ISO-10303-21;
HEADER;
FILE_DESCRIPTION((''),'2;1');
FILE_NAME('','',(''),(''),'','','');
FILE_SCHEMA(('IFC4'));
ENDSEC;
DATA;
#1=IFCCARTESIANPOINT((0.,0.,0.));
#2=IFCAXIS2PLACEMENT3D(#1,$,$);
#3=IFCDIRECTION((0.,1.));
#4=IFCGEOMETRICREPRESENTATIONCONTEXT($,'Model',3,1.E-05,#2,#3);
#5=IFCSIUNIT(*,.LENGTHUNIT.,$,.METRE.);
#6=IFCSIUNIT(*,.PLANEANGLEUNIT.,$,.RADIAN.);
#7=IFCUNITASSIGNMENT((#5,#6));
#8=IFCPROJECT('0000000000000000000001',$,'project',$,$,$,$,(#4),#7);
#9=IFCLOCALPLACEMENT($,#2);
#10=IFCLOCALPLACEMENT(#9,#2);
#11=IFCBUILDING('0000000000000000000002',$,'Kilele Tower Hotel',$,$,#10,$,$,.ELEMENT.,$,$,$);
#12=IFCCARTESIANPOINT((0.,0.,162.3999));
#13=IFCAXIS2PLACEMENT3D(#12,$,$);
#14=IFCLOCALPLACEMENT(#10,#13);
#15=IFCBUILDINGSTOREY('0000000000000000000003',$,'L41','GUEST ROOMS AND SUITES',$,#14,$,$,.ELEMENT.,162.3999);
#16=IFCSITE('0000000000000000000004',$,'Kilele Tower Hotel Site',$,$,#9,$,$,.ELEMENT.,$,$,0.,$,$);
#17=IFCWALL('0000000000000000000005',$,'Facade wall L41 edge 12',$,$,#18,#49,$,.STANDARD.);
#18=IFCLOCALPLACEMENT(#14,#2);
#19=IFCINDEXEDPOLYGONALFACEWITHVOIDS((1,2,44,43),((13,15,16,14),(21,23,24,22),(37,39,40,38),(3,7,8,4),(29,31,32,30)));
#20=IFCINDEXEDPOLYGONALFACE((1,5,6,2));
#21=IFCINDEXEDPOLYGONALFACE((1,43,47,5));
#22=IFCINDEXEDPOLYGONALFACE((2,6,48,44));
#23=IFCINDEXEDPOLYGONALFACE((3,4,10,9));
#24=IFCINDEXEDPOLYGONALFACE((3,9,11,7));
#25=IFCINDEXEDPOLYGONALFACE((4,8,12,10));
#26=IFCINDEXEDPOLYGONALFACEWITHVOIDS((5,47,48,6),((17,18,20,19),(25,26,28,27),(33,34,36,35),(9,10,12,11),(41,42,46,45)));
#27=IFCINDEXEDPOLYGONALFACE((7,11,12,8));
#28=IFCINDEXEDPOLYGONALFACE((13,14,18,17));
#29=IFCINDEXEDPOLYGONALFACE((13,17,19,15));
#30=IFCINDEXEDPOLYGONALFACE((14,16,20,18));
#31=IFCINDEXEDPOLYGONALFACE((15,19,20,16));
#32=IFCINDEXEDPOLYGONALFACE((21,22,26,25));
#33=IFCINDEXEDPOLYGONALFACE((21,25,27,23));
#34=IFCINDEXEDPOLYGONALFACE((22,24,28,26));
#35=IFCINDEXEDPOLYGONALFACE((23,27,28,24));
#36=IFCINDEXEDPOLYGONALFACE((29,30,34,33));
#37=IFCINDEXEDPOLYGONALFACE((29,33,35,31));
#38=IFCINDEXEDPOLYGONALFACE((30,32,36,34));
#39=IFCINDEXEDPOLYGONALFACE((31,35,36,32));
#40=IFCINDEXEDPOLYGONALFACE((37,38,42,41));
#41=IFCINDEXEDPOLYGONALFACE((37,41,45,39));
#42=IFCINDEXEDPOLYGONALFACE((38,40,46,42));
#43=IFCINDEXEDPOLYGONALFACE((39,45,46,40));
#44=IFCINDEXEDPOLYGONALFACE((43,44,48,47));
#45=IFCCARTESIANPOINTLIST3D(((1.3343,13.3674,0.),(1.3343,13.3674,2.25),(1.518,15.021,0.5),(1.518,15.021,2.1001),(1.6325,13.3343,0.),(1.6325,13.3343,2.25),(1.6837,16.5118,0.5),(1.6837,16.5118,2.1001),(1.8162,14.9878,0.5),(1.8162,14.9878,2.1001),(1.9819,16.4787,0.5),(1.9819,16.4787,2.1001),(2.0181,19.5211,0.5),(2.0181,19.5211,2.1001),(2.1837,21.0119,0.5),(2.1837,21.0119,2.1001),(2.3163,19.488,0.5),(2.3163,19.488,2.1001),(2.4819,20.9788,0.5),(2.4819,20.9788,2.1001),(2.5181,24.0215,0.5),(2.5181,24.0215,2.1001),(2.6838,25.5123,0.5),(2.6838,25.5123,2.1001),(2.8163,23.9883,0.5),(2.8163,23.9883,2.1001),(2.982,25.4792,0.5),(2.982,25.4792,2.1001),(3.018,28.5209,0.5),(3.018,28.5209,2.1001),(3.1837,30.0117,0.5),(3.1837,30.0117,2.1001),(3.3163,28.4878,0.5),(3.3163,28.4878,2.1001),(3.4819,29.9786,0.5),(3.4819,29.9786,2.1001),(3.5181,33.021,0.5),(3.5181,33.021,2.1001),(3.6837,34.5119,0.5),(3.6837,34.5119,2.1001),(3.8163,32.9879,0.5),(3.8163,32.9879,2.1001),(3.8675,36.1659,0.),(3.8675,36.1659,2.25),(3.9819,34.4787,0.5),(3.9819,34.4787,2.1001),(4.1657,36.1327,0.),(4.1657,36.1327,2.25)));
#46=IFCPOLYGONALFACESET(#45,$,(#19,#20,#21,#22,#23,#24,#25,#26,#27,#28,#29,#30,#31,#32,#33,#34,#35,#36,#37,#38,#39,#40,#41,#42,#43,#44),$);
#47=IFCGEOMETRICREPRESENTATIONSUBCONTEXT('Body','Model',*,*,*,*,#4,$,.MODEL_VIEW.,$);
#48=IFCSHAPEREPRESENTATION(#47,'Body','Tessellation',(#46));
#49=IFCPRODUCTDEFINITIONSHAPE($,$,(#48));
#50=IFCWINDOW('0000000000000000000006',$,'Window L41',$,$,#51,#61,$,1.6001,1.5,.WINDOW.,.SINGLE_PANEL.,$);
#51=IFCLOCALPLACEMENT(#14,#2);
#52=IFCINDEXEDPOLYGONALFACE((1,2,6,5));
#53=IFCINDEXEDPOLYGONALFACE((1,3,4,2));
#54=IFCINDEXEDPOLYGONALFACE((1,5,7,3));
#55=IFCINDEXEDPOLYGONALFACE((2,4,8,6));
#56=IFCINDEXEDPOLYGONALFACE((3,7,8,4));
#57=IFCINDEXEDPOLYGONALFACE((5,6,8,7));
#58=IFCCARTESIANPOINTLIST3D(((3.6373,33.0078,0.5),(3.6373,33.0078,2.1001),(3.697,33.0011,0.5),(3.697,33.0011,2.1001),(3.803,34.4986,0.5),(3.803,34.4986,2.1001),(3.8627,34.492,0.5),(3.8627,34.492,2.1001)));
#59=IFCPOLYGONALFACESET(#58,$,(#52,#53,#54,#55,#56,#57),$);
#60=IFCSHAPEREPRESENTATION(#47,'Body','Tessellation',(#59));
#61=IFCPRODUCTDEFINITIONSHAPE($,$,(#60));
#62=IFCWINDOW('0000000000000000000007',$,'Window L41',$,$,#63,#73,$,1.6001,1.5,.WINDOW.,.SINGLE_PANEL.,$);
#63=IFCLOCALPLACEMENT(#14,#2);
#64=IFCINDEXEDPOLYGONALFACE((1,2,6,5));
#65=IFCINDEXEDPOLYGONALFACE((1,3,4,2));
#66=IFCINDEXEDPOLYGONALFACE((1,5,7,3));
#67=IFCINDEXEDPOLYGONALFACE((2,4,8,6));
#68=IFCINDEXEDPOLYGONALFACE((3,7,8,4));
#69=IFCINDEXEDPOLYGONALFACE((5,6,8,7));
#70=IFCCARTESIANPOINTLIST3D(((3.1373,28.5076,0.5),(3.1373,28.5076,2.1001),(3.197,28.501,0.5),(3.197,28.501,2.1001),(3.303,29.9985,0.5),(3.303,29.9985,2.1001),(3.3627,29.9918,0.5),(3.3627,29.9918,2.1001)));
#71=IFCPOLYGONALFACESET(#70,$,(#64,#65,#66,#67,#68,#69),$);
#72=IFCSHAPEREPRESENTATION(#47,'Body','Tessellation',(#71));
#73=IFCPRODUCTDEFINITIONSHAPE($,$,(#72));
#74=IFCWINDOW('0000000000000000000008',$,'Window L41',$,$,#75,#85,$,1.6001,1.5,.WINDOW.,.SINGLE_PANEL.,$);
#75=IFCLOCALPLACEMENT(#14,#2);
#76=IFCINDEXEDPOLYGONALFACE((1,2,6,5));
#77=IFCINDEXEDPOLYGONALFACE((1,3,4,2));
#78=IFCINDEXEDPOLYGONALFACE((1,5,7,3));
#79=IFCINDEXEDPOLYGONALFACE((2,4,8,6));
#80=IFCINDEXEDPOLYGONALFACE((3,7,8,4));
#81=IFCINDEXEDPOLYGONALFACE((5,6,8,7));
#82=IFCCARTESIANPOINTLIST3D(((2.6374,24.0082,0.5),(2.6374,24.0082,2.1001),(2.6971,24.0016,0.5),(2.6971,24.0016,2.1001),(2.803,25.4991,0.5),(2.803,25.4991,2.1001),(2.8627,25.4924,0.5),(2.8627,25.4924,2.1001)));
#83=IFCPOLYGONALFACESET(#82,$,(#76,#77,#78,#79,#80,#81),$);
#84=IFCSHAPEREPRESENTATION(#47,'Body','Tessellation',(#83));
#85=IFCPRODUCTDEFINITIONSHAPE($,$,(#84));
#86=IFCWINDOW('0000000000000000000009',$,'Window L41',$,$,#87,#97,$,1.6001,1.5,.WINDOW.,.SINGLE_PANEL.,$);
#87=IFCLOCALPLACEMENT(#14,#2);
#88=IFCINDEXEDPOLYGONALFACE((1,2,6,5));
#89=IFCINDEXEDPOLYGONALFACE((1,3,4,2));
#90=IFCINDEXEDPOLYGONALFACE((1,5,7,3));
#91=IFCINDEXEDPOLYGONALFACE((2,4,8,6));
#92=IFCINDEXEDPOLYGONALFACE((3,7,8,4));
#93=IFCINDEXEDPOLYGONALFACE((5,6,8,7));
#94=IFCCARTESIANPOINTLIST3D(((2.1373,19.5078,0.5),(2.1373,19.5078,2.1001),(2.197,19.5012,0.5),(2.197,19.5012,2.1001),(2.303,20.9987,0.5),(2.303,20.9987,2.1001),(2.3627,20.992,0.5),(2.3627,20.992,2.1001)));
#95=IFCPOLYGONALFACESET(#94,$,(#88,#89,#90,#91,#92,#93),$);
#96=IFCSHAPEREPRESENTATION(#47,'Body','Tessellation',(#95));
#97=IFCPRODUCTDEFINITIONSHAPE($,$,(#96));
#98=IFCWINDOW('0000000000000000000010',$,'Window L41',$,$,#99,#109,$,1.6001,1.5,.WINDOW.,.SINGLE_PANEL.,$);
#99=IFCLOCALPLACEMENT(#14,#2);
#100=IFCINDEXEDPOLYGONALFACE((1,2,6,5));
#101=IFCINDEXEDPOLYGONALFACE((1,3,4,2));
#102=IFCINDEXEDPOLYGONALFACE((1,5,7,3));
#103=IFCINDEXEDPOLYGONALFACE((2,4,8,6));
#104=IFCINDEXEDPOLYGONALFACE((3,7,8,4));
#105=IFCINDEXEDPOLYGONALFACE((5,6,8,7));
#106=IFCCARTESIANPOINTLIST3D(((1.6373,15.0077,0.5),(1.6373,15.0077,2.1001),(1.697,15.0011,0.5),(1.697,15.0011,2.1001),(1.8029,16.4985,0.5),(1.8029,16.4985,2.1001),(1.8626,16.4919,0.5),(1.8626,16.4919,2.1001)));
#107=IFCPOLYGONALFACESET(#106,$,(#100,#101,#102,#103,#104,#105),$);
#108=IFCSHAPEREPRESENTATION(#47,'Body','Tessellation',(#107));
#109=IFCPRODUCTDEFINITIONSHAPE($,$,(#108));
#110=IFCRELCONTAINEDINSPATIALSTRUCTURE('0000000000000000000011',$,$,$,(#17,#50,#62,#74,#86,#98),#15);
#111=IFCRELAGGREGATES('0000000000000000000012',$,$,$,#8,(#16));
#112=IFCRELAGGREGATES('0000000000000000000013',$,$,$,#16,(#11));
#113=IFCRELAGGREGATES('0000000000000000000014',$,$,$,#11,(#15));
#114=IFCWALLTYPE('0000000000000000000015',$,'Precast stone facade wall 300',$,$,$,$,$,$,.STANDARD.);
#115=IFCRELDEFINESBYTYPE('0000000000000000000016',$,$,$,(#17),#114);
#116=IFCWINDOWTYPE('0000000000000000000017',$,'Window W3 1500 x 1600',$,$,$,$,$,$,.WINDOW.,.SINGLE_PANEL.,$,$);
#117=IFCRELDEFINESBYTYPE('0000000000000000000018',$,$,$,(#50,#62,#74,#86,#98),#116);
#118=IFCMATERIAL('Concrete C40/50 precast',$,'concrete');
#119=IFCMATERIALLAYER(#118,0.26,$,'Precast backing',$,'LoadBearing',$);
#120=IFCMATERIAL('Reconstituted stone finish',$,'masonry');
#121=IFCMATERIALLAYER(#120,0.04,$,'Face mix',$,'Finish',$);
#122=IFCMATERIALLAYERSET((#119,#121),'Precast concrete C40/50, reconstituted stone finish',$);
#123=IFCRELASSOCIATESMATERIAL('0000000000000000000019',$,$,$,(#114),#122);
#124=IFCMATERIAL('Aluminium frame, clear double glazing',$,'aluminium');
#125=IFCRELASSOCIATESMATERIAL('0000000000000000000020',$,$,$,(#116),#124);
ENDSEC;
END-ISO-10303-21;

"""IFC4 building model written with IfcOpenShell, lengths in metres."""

from ifc_helpers import new_model, si_unit, direction, frame, frame_2d, origin, place, context, subcontext, project, spatial, rectangle, extrude, material, layer, layer_set, type_object, element, fill, save


model = new_model("IFC4")

# Units and contexts
model_context = context("Model", 3, precision=1e-05, world=origin(), true_north=direction((0.0, 1.0)))
body_context = subcontext(model_context, "Body", "Model", "MODEL_VIEW")
ifc_project = project(units=[si_unit("LENGTHUNIT", "METRE"), si_unit("PLANEANGLEUNIT", "RADIAN")], contexts=[model_context])

# Site, building, storey
site_placement = place(None, origin())
site = spatial("IfcSite", under=ifc_project, at=site_placement, Name="Kilele Tower Hotel Site", CompositionType="ELEMENT", RefElevation=0.0)
building_placement = place(site_placement, origin())
building = spatial("IfcBuilding", under=site, at=building_placement, Name="Kilele Tower Hotel", CompositionType="ELEMENT")
storey_placement = place(building_placement, frame((0.0, 0.0, 162.3999)))
storey = spatial("IfcBuildingStorey", under=building, at=storey_placement, Name="L41", Description="GUEST ROOMS AND SUITES", CompositionType="ELEMENT", Elevation=162.3999)

# Shared definitions
ifc_material_1 = material(Name="Concrete C40/50 precast", Category="concrete")
ifc_layer_1 = layer(ifc_material_1, 0.26, Name="Precast backing", Category="LoadBearing")
ifc_material_2 = material(Name="Reconstituted stone finish", Category="masonry")
ifc_layer_2 = layer(ifc_material_2, 0.04, Name="Face mix", Category="Finish")
ifc_layer_set_1 = layer_set([ifc_layer_1, ifc_layer_2], Name="Precast concrete C40/50, reconstituted stone finish")
wall_type_1 = type_object("IfcWallType", Name="Precast stone facade wall 300", PredefinedType="STANDARD", material=ifc_layer_set_1)

# Wall, openings, windows
wall_1_placement = place(storey_placement, frame((4.0166, 36.1492, 0.0), z_axis=(0.0, 0.0, 1.0), x_axis=(-0.110434, -0.993883, 0.0)))
wall_1 = element("IfcWall", 1, at=wall_1_placement, inside=storey, type_object=wall_type_1, Name="Facade wall L41 edge 12", PredefinedType="STANDARD", context=body_context, shape_type="SweptSolid", body=[
    extrude(rectangle(XDim=22.9387, YDim=0.3, at=frame_2d((11.4692, 0.0))), origin(), (0.0, 0.0, 1.0), 2.25),
])
opening_1_placement = place(wall_1_placement, frame((1.6641, 0.0, 0.5)))
opening_1 = element("IfcOpeningElement", 2, at=opening_1_placement, cuts=wall_1, PredefinedType="OPENING", context=body_context, shape_type="SweptSolid", body=[
    extrude(rectangle(XDim=1.5, YDim=1.6001, at=frame_2d((0.75, 0.8))), frame((0.0, 0.1599, 0.0), z_axis=(0.0, -1.0, 0.0), x_axis=(1.0, 0.0, 0.0)), (0.0, 0.0, 1.0), 0.3201),
])
opening_2_placement = place(wall_1_placement, frame((6.1919, 0.0, 0.5)))
opening_2 = element("IfcOpeningElement", 3, at=opening_2_placement, cuts=wall_1, PredefinedType="OPENING", context=body_context, shape_type="SweptSolid", body=[
    extrude(rectangle(XDim=1.5, YDim=1.6001, at=frame_2d((0.75, 0.8))), frame((0.0, 0.1599, 0.0), z_axis=(0.0, -1.0, 0.0), x_axis=(1.0, 0.0, 0.0)), (0.0, 0.0, 1.0), 0.3201),
])
opening_3_placement = place(wall_1_placement, frame((10.719, 0.0, 0.5)))
opening_3 = element("IfcOpeningElement", 4, at=opening_3_placement, cuts=wall_1, PredefinedType="OPENING", context=body_context, shape_type="SweptSolid", body=[
    extrude(rectangle(XDim=1.5, YDim=1.6001, at=frame_2d((0.75, 0.8))), frame((0.0, 0.1599, 0.0), z_axis=(0.0, -1.0, 0.0), x_axis=(1.0, 0.0, 0.0)), (0.0, 0.0, 1.0), 0.3201),
])
opening_4_placement = place(wall_1_placement, frame((15.2471, 0.0, 0.5)))
opening_4 = element("IfcOpeningElement", 5, at=opening_4_placement, cuts=wall_1, PredefinedType="OPENING", context=body_context, shape_type="SweptSolid", body=[
    extrude(rectangle(XDim=1.5, YDim=1.6001, at=frame_2d((0.75, 0.8))), frame((0.0, 0.1599, 0.0), z_axis=(0.0, -1.0, 0.0), x_axis=(1.0, 0.0, 0.0)), (0.0, 0.0, 1.0), 0.3201),
])
opening_5_placement = place(wall_1_placement, frame((19.7749, 0.0, 0.5)))
opening_5 = element("IfcOpeningElement", 6, at=opening_5_placement, cuts=wall_1, PredefinedType="OPENING", context=body_context, shape_type="SweptSolid", body=[
    extrude(rectangle(XDim=1.5, YDim=1.6001, at=frame_2d((0.75, 0.8))), frame((0.0, 0.1599, 0.0), z_axis=(0.0, -1.0, 0.0), x_axis=(1.0, 0.0, 0.0)), (0.0, 0.0, 1.0), 0.3201),
])
ifc_material_3 = material(Name="Aluminium frame, clear double glazing", Category="aluminium")
window_type_1 = type_object("IfcWindowType", Name="Window W3 1500 x 1600", PartitioningType="SINGLE_PANEL", PredefinedType="WINDOW", material=ifc_material_3)
window_1_placement = place(opening_1_placement, origin())
window_1 = element("IfcWindow", 7, at=window_1_placement, inside=storey, type_object=window_type_1, Name="Window L41", OverallHeight=1.6001, OverallWidth=1.5, PartitioningType="SINGLE_PANEL", PredefinedType="WINDOW", context=body_context, shape_type="SweptSolid", body=[
    extrude(rectangle(XDim=1.5, YDim=1.6001, at=frame_2d((0.75, 0.8))), frame((0.0, 0.03, 0.0), z_axis=(0.0, -1.0, 0.0), x_axis=(1.0, 0.0, 0.0)), (0.0, 0.0, 1.0), 0.0601),
])
fill(opening_1, window_1)
window_2_placement = place(opening_2_placement, origin())
window_2 = element("IfcWindow", 8, at=window_2_placement, inside=storey, type_object=window_type_1, Name="Window L41", OverallHeight=1.6001, OverallWidth=1.5, PartitioningType="SINGLE_PANEL", PredefinedType="WINDOW", context=body_context, shape_type="SweptSolid", body=[
    extrude(rectangle(XDim=1.5, YDim=1.6001, at=frame_2d((0.75, 0.8))), frame((0.0, 0.03, 0.0), z_axis=(0.0, -1.0, 0.0), x_axis=(1.0, 0.0, 0.0)), (0.0, 0.0, 1.0), 0.0601),
])
fill(opening_2, window_2)
window_3_placement = place(opening_3_placement, origin())
window_3 = element("IfcWindow", 9, at=window_3_placement, inside=storey, type_object=window_type_1, Name="Window L41", OverallHeight=1.6001, OverallWidth=1.5, PartitioningType="SINGLE_PANEL", PredefinedType="WINDOW", context=body_context, shape_type="SweptSolid", body=[
    extrude(rectangle(XDim=1.5, YDim=1.6001, at=frame_2d((0.75, 0.8))), frame((0.0, 0.03, 0.0), z_axis=(0.0, -1.0, 0.0), x_axis=(1.0, 0.0, 0.0)), (0.0, 0.0, 1.0), 0.0601),
])
fill(opening_3, window_3)
window_4_placement = place(opening_4_placement, origin())
window_4 = element("IfcWindow", 10, at=window_4_placement, inside=storey, type_object=window_type_1, Name="Window L41", OverallHeight=1.6001, OverallWidth=1.5, PartitioningType="SINGLE_PANEL", PredefinedType="WINDOW", context=body_context, shape_type="SweptSolid", body=[
    extrude(rectangle(XDim=1.5, YDim=1.6001, at=frame_2d((0.75, 0.8))), frame((0.0, 0.03, 0.0), z_axis=(0.0, -1.0, 0.0), x_axis=(1.0, 0.0, 0.0)), (0.0, 0.0, 1.0), 0.0601),
])
fill(opening_4, window_4)
window_5_placement = place(opening_5_placement, origin())
window_5 = element("IfcWindow", 11, at=window_5_placement, inside=storey, type_object=window_type_1, Name="Window L41", OverallHeight=1.6001, OverallWidth=1.5, PartitioningType="SINGLE_PANEL", PredefinedType="WINDOW", context=body_context, shape_type="SweptSolid", body=[
    extrude(rectangle(XDim=1.5, YDim=1.6001, at=frame_2d((0.75, 0.8))), frame((0.0, 0.03, 0.0), z_axis=(0.0, -1.0, 0.0), x_axis=(1.0, 0.0, 0.0)), (0.0, 0.0, 1.0), 0.0601),
])
fill(opening_5, window_5)

save(model, "model.ifc")
